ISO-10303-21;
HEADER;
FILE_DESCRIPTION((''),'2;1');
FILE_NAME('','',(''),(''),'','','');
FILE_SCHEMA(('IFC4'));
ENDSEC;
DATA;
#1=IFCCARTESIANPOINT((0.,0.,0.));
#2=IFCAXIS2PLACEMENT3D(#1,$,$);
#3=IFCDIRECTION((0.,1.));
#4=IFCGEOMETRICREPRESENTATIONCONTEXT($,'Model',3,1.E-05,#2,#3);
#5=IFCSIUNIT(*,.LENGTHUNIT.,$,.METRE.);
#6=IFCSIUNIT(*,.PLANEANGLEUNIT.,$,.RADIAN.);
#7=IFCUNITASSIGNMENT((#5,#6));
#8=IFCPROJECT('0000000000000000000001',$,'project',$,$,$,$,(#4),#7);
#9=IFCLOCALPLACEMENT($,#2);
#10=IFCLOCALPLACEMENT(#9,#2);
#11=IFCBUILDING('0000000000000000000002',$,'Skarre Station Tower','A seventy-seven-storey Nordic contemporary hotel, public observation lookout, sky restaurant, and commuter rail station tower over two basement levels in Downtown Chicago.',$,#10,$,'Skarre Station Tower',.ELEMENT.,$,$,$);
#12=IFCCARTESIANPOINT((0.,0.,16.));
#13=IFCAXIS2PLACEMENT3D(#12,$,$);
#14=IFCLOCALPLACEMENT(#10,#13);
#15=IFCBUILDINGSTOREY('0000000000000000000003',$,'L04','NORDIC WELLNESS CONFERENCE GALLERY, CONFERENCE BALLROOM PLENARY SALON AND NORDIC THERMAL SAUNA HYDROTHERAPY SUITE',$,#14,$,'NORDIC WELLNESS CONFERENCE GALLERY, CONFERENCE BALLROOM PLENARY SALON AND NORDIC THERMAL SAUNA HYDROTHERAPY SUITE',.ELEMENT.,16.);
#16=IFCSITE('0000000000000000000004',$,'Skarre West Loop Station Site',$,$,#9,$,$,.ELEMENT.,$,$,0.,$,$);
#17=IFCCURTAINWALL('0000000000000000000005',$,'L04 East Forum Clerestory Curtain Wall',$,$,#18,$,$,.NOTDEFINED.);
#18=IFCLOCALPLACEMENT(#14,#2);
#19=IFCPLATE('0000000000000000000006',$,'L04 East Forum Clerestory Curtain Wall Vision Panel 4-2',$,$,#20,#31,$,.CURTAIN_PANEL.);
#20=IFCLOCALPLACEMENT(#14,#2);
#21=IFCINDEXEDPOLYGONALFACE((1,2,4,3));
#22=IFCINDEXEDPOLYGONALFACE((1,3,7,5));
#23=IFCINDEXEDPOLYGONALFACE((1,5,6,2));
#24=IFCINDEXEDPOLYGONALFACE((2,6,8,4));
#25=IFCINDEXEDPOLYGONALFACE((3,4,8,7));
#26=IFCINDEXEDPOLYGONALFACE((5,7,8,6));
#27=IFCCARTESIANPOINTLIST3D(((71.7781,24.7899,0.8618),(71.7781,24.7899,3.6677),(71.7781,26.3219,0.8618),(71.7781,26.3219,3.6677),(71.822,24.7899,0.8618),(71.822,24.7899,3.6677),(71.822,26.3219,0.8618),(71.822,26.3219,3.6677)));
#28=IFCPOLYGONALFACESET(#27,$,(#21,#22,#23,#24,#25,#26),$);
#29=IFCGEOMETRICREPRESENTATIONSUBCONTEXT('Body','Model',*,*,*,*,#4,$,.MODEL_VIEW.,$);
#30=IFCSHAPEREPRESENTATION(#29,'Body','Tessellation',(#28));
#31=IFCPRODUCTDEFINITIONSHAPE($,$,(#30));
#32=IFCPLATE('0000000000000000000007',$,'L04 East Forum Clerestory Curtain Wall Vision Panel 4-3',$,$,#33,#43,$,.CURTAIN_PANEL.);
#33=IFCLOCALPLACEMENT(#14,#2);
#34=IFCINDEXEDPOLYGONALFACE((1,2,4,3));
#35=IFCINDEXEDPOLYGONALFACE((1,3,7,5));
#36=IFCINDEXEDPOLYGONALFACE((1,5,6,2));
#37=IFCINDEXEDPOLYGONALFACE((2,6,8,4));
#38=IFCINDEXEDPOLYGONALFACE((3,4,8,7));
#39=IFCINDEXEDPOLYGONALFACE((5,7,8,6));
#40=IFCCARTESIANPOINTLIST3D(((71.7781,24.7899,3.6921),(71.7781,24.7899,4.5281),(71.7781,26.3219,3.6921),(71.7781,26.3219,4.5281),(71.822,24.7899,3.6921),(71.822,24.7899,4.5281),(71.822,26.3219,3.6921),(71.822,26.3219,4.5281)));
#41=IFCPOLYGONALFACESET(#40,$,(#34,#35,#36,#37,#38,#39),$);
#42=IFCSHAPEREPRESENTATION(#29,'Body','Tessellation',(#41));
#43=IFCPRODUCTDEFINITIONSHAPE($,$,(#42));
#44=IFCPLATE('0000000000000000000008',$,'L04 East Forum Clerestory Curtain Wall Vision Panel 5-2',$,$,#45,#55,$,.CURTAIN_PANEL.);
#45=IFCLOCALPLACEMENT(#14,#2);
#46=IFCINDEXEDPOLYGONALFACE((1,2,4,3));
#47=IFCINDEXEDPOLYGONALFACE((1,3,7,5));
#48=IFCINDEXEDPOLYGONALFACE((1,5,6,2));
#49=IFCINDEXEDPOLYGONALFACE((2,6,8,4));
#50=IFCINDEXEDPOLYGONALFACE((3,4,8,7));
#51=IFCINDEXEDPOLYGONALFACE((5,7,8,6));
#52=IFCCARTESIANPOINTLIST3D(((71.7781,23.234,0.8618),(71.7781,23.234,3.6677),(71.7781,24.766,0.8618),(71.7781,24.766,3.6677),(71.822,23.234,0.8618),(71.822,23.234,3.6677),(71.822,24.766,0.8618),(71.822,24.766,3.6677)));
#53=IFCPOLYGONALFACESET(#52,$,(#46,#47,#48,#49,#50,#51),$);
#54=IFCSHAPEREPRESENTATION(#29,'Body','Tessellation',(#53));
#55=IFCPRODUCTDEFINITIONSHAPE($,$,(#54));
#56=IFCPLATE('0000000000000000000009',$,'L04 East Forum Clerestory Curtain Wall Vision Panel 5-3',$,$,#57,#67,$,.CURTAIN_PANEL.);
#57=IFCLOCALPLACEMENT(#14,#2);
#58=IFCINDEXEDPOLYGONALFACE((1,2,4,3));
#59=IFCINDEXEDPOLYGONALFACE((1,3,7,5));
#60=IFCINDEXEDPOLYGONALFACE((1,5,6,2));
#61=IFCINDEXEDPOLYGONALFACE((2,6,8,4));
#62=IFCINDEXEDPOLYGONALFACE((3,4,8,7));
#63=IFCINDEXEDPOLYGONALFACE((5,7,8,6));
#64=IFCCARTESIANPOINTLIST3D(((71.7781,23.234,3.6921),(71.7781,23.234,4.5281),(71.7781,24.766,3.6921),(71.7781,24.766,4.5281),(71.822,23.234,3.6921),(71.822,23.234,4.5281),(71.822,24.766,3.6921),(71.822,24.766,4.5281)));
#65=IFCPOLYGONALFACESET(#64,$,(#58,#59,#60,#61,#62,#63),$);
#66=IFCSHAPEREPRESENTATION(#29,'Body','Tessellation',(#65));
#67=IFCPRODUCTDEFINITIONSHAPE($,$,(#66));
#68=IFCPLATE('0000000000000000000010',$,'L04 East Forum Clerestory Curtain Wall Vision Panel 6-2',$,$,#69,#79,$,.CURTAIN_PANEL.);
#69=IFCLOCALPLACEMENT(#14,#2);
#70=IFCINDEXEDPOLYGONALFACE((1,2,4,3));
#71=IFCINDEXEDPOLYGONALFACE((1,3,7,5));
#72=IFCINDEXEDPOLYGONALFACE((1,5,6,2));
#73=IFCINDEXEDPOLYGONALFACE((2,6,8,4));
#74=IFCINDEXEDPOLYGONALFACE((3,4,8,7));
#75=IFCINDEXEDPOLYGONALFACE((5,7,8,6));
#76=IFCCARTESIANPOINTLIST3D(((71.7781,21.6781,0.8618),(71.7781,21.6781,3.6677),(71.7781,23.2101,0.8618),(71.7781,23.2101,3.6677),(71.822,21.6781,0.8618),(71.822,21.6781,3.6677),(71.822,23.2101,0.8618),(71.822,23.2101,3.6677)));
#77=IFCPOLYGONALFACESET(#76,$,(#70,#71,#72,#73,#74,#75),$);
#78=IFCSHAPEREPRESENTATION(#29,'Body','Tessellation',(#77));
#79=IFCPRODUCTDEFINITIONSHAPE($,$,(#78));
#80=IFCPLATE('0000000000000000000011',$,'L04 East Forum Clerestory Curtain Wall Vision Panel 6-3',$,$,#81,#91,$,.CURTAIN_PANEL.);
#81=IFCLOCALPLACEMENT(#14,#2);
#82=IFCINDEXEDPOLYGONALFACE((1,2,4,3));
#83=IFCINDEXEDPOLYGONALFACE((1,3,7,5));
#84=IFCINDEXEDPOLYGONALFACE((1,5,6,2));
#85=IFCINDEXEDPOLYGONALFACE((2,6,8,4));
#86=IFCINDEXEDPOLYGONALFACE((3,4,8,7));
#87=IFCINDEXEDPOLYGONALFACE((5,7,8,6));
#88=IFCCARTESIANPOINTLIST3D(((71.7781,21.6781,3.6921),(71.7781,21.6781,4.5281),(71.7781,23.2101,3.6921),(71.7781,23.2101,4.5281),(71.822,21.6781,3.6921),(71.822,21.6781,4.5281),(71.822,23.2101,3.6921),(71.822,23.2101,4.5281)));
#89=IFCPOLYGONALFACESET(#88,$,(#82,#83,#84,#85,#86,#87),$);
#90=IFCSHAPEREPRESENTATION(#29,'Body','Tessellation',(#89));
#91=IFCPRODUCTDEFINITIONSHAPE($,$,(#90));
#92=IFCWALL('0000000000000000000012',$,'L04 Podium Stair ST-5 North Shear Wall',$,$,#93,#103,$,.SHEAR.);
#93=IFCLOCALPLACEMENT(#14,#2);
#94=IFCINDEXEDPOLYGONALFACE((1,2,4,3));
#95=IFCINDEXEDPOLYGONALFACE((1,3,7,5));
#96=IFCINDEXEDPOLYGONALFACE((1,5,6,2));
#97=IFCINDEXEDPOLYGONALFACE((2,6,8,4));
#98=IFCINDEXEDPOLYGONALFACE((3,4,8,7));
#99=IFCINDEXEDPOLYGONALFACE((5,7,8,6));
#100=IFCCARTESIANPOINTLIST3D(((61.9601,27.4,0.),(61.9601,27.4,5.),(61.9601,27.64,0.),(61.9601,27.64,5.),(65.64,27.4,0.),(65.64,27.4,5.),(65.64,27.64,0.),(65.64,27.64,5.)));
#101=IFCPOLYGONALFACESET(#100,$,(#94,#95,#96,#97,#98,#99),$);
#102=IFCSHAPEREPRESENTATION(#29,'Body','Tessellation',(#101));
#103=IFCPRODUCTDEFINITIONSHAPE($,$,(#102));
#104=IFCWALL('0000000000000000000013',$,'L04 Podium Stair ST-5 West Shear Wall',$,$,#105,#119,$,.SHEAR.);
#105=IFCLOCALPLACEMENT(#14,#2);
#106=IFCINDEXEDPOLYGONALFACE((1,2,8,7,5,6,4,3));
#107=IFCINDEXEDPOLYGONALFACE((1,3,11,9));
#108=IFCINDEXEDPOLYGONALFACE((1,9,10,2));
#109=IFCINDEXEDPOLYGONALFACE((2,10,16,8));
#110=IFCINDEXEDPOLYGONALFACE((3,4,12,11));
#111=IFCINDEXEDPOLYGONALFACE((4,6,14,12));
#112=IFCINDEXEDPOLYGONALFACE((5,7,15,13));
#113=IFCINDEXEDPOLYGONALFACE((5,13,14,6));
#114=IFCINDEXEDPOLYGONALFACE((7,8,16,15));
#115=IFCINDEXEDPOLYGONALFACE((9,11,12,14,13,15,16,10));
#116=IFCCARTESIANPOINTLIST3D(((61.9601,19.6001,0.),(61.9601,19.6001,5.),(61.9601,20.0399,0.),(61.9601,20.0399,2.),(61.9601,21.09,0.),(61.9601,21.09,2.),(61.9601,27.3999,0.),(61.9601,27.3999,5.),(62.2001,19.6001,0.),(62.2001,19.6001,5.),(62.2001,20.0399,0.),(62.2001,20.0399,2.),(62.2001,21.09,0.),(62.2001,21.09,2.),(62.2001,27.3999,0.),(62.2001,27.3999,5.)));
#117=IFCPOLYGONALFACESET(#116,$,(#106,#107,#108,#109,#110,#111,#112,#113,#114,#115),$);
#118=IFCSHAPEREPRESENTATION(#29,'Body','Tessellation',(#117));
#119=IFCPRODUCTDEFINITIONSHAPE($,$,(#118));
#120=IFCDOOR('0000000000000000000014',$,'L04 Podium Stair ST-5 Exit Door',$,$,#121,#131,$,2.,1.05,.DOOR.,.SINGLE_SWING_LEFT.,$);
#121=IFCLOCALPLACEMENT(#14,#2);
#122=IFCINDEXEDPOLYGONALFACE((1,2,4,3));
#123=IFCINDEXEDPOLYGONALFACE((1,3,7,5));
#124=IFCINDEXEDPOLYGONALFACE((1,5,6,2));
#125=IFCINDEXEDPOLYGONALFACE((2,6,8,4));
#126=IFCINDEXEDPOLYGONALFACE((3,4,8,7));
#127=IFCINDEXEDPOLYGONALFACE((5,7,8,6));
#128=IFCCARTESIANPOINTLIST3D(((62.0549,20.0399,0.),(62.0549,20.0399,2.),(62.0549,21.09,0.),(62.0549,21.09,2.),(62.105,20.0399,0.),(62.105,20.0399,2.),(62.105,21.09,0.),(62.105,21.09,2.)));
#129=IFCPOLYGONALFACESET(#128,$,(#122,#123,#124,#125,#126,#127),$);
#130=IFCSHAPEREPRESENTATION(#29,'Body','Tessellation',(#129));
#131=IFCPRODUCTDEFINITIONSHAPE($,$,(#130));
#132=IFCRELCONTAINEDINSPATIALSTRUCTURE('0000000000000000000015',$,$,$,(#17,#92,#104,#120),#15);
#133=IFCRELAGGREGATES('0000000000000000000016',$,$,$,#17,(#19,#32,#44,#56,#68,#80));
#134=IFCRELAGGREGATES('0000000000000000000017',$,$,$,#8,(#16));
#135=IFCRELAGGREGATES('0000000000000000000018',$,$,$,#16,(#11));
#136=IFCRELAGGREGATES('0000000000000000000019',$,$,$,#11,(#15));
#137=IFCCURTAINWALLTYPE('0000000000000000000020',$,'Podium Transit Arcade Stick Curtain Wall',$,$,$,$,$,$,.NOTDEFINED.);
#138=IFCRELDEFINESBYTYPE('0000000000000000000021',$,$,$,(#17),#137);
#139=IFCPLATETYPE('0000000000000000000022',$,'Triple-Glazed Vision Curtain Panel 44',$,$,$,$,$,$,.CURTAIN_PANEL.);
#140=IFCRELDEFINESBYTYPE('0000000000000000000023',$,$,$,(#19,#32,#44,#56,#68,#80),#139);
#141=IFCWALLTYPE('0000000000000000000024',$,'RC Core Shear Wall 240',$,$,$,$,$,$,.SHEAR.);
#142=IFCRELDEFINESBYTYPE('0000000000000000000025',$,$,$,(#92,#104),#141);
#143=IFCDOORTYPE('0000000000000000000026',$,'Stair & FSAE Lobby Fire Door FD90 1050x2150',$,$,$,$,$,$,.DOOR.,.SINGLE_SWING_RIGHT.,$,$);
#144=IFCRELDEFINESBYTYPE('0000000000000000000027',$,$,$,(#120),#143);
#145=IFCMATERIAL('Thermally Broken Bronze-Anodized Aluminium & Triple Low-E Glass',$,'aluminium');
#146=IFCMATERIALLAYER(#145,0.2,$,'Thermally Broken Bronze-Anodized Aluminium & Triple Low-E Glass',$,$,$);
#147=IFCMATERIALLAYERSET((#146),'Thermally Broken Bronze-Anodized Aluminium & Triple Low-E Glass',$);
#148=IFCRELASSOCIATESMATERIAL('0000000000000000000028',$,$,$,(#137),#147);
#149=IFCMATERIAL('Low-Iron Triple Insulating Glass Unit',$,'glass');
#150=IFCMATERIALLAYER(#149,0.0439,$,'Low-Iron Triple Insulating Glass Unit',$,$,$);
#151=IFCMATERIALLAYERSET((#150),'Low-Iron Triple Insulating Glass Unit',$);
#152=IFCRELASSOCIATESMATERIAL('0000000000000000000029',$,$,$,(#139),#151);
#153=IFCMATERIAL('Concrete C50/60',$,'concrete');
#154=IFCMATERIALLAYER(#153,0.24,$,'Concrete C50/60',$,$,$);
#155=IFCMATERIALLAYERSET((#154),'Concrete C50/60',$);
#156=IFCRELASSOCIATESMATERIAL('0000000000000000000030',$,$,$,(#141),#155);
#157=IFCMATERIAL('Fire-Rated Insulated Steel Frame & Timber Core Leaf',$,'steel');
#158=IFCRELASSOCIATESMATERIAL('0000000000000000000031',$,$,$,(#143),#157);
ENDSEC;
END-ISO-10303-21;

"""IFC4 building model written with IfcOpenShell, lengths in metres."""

from ifc_helpers import new_model, si_unit, direction, frame, frame_2d, origin, origin_2d, place, context, subcontext, project, spatial, rectangle, extrude, material, layer, layer_set, type_object, element, fill, aggregate, save


model = new_model("IFC4")

# Units and contexts
model_context = context("Model", 3, precision=1e-05, world=origin(), true_north=direction((0.0, 1.0)))
body_context = subcontext(model_context, "Body", "Model", "MODEL_VIEW")
ifc_project = project(units=[si_unit("LENGTHUNIT", "METRE"), si_unit("PLANEANGLEUNIT", "RADIAN")], contexts=[model_context])

# Site, building, storey
site_placement = place(None, origin())
site = spatial("IfcSite", under=ifc_project, at=site_placement, Name="Skarre West Loop Station Site", CompositionType="ELEMENT", RefElevation=0.0)
building_placement = place(site_placement, origin())
building = spatial("IfcBuilding", under=site, at=building_placement, Name="Skarre Station Tower", Description="A seventy-seven-storey Nordic contemporary hotel, public observation lookout, sky restaurant, and commuter rail station tower over two basement levels in Downtown Chicago.", LongName="Skarre Station Tower", CompositionType="ELEMENT")
storey_placement = place(building_placement, frame((0.0, 0.0, 16.0)))
storey = spatial("IfcBuildingStorey", under=building, at=storey_placement, Name="L04", Description="NORDIC WELLNESS CONFERENCE GALLERY, CONFERENCE BALLROOM PLENARY SALON AND NORDIC THERMAL SAUNA HYDROTHERAPY SUITE", LongName="NORDIC WELLNESS CONFERENCE GALLERY, CONFERENCE BALLROOM PLENARY SALON AND NORDIC THERMAL SAUNA HYDROTHERAPY SUITE", CompositionType="ELEMENT", Elevation=16.0)

# Curtain wall, plates
ifc_material_1 = material(Name="Thermally Broken Bronze-Anodized Aluminium & Triple Low-E Glass", Category="aluminium")
ifc_layer_1 = layer(ifc_material_1, 0.2, Name="Thermally Broken Bronze-Anodized Aluminium & Triple Low-E Glass")
ifc_layer_set_1 = layer_set([ifc_layer_1], Name="Thermally Broken Bronze-Anodized Aluminium & Triple Low-E Glass")
curtain_wall_type = type_object("IfcCurtainWallType", Name="Podium Transit Arcade Stick Curtain Wall", PredefinedType="NOTDEFINED", material=ifc_layer_set_1)
curtain_wall_placement = place(storey_placement, origin())
curtain_wall = element("IfcCurtainWall", 1, at=curtain_wall_placement, inside=storey, type_object=curtain_wall_type, Name="L04 East Forum Clerestory Curtain Wall", PredefinedType="NOTDEFINED")
ifc_material_2 = material(Name="Low-Iron Triple Insulating Glass Unit", Category="glass")
ifc_layer_2 = layer(ifc_material_2, 0.0439, Name="Low-Iron Triple Insulating Glass Unit")
ifc_layer_set_2 = layer_set([ifc_layer_2], Name="Low-Iron Triple Insulating Glass Unit")
plate_type_1 = type_object("IfcPlateType", Name="Triple-Glazed Vision Curtain Panel 44", PredefinedType="CURTAIN_PANEL", material=ifc_layer_set_2)
plate_1_placement = place(storey_placement, frame((71.8, 25.5559, 0.8618), z_axis=(0.0, 0.0, 1.0), x_axis=(0.0, -1.0, 0.0)))
plate_1 = element("IfcPlate", 2, at=plate_1_placement, type_object=plate_type_1, Name="L04 East Forum Clerestory Curtain Wall Vision Panel 4-2", PredefinedType="CURTAIN_PANEL", context=body_context, shape_type="SweptSolid", body=[
    extrude(rectangle(XDim=1.532, YDim=0.0439, at=origin_2d()), origin(), (0.0, 0.0, 1.0), 2.8059),
])
plate_2_placement = place(storey_placement, frame((71.8, 25.5559, 3.6921), z_axis=(0.0, 0.0, 1.0), x_axis=(0.0, -1.0, 0.0)))
plate_2 = element("IfcPlate", 3, at=plate_2_placement, type_object=plate_type_1, Name="L04 East Forum Clerestory Curtain Wall Vision Panel 4-3", PredefinedType="CURTAIN_PANEL", context=body_context, shape_type="SweptSolid", body=[
    extrude(rectangle(XDim=1.532, YDim=0.0439, at=origin_2d()), origin(), (0.0, 0.0, 1.0), 0.8359),
])
plate_3_placement = place(storey_placement, frame((71.8, 24.0, 0.8618), z_axis=(0.0, 0.0, 1.0), x_axis=(0.0, -1.0, 0.0)))
plate_3 = element("IfcPlate", 4, at=plate_3_placement, type_object=plate_type_1, Name="L04 East Forum Clerestory Curtain Wall Vision Panel 5-2", PredefinedType="CURTAIN_PANEL", context=body_context, shape_type="SweptSolid", body=[
    extrude(rectangle(XDim=1.532, YDim=0.0439, at=origin_2d()), origin(), (0.0, 0.0, 1.0), 2.8059),
])
plate_4_placement = place(storey_placement, frame((71.8, 24.0, 3.6921), z_axis=(0.0, 0.0, 1.0), x_axis=(0.0, -1.0, 0.0)))
plate_4 = element("IfcPlate", 5, at=plate_4_placement, type_object=plate_type_1, Name="L04 East Forum Clerestory Curtain Wall Vision Panel 5-3", PredefinedType="CURTAIN_PANEL", context=body_context, shape_type="SweptSolid", body=[
    extrude(rectangle(XDim=1.532, YDim=0.0439, at=origin_2d()), origin(), (0.0, 0.0, 1.0), 0.8359),
])
plate_5_placement = place(storey_placement, frame((71.8, 22.4441, 0.8618), z_axis=(0.0, 0.0, 1.0), x_axis=(0.0, -1.0, 0.0)))
plate_5 = element("IfcPlate", 6, at=plate_5_placement, type_object=plate_type_1, Name="L04 East Forum Clerestory Curtain Wall Vision Panel 6-2", PredefinedType="CURTAIN_PANEL", context=body_context, shape_type="SweptSolid", body=[
    extrude(rectangle(XDim=1.532, YDim=0.0439, at=origin_2d()), origin(), (0.0, 0.0, 1.0), 2.8059),
])
plate_6_placement = place(storey_placement, frame((71.8, 22.4441, 3.6921), z_axis=(0.0, 0.0, 1.0), x_axis=(0.0, -1.0, 0.0)))
plate_6 = element("IfcPlate", 7, at=plate_6_placement, type_object=plate_type_1, Name="L04 East Forum Clerestory Curtain Wall Vision Panel 6-3", PredefinedType="CURTAIN_PANEL", context=body_context, shape_type="SweptSolid", body=[
    extrude(rectangle(XDim=1.532, YDim=0.0439, at=origin_2d()), origin(), (0.0, 0.0, 1.0), 0.8359),
])
aggregate(curtain_wall, [plate_1, plate_2, plate_3, plate_4, plate_5, plate_6])

# Wall
ifc_material_3 = material(Name="Concrete C50/60", Category="concrete")
ifc_layer_3 = layer(ifc_material_3, 0.24, Name="Concrete C50/60")
ifc_layer_set_3 = layer_set([ifc_layer_3], Name="Concrete C50/60")
wall_type = type_object("IfcWallType", Name="RC Core Shear Wall 240", PredefinedType="SHEAR", material=ifc_layer_set_3)
wall_1_placement = place(storey_placement, frame((65.6399, 27.52, 0.0), z_axis=(0.0, 0.0, 1.0), x_axis=(-1.0, 0.0, 0.0)))
element("IfcWall", 8, at=wall_1_placement, inside=storey, type_object=wall_type, Name="L04 Podium Stair ST-5 North Shear Wall", PredefinedType="SHEAR", context=body_context, shape_type="SweptSolid", body=[
    extrude(rectangle(XDim=3.6799, YDim=0.24, at=frame_2d((1.8398, 0.0))), origin(), (0.0, 0.0, 1.0), 5.0),
])

# Wall, opening, door
wall_2_placement = place(storey_placement, frame((62.0801, 27.3999, 0.0), z_axis=(0.0, 0.0, 1.0), x_axis=(0.0, -1.0, 0.0)))
wall_2 = element("IfcWall", 9, at=wall_2_placement, inside=storey, type_object=wall_type, Name="L04 Podium Stair ST-5 West Shear Wall", PredefinedType="SHEAR", context=body_context, shape_type="SweptSolid", body=[
    extrude(rectangle(XDim=7.7998, YDim=0.24, at=frame_2d((3.8999, 0.0))), origin(), (0.0, 0.0, 1.0), 5.0),
])
opening_placement = place(wall_2_placement, frame((6.3101, 0.0, 0.0)))
opening = element("IfcOpeningElement", 10, at=opening_placement, cuts=wall_2, PredefinedType="OPENING", context=body_context, shape_type="SweptSolid", body=[
    extrude(rectangle(XDim=1.05, YDim=2.0, at=frame_2d((0.5249, 1.0))), frame((0.0, 0.1299, 0.0), z_axis=(0.0, -1.0, 0.0), x_axis=(1.0, 0.0, 0.0)), (0.0, 0.0, 1.0), 0.26),
])
ifc_material_4 = material(Name="Fire-Rated Insulated Steel Frame & Timber Core Leaf", Category="steel")
door_type = type_object("IfcDoorType", Name="Stair & FSAE Lobby Fire Door FD90 1050x2150", OperationType="SINGLE_SWING_RIGHT", PredefinedType="DOOR", material=ifc_material_4)
door_placement = place(opening_placement, origin())
door = element("IfcDoor", 11, at=door_placement, inside=storey, type_object=door_type, Name="L04 Podium Stair ST-5 Exit Door", OperationType="SINGLE_SWING_LEFT", OverallHeight=2.0, OverallWidth=1.05, PredefinedType="DOOR", context=body_context, shape_type="SweptSolid", body=[
    extrude(rectangle(XDim=1.05, YDim=2.0, at=frame_2d((0.5249, 1.0))), frame((0.0, 0.0249, 0.0), z_axis=(0.0, -1.0, 0.0), x_axis=(1.0, 0.0, 0.0)), (0.0, 0.0, 1.0), 0.05),
])
fill(opening, door)

save(model, "model.ifc")
